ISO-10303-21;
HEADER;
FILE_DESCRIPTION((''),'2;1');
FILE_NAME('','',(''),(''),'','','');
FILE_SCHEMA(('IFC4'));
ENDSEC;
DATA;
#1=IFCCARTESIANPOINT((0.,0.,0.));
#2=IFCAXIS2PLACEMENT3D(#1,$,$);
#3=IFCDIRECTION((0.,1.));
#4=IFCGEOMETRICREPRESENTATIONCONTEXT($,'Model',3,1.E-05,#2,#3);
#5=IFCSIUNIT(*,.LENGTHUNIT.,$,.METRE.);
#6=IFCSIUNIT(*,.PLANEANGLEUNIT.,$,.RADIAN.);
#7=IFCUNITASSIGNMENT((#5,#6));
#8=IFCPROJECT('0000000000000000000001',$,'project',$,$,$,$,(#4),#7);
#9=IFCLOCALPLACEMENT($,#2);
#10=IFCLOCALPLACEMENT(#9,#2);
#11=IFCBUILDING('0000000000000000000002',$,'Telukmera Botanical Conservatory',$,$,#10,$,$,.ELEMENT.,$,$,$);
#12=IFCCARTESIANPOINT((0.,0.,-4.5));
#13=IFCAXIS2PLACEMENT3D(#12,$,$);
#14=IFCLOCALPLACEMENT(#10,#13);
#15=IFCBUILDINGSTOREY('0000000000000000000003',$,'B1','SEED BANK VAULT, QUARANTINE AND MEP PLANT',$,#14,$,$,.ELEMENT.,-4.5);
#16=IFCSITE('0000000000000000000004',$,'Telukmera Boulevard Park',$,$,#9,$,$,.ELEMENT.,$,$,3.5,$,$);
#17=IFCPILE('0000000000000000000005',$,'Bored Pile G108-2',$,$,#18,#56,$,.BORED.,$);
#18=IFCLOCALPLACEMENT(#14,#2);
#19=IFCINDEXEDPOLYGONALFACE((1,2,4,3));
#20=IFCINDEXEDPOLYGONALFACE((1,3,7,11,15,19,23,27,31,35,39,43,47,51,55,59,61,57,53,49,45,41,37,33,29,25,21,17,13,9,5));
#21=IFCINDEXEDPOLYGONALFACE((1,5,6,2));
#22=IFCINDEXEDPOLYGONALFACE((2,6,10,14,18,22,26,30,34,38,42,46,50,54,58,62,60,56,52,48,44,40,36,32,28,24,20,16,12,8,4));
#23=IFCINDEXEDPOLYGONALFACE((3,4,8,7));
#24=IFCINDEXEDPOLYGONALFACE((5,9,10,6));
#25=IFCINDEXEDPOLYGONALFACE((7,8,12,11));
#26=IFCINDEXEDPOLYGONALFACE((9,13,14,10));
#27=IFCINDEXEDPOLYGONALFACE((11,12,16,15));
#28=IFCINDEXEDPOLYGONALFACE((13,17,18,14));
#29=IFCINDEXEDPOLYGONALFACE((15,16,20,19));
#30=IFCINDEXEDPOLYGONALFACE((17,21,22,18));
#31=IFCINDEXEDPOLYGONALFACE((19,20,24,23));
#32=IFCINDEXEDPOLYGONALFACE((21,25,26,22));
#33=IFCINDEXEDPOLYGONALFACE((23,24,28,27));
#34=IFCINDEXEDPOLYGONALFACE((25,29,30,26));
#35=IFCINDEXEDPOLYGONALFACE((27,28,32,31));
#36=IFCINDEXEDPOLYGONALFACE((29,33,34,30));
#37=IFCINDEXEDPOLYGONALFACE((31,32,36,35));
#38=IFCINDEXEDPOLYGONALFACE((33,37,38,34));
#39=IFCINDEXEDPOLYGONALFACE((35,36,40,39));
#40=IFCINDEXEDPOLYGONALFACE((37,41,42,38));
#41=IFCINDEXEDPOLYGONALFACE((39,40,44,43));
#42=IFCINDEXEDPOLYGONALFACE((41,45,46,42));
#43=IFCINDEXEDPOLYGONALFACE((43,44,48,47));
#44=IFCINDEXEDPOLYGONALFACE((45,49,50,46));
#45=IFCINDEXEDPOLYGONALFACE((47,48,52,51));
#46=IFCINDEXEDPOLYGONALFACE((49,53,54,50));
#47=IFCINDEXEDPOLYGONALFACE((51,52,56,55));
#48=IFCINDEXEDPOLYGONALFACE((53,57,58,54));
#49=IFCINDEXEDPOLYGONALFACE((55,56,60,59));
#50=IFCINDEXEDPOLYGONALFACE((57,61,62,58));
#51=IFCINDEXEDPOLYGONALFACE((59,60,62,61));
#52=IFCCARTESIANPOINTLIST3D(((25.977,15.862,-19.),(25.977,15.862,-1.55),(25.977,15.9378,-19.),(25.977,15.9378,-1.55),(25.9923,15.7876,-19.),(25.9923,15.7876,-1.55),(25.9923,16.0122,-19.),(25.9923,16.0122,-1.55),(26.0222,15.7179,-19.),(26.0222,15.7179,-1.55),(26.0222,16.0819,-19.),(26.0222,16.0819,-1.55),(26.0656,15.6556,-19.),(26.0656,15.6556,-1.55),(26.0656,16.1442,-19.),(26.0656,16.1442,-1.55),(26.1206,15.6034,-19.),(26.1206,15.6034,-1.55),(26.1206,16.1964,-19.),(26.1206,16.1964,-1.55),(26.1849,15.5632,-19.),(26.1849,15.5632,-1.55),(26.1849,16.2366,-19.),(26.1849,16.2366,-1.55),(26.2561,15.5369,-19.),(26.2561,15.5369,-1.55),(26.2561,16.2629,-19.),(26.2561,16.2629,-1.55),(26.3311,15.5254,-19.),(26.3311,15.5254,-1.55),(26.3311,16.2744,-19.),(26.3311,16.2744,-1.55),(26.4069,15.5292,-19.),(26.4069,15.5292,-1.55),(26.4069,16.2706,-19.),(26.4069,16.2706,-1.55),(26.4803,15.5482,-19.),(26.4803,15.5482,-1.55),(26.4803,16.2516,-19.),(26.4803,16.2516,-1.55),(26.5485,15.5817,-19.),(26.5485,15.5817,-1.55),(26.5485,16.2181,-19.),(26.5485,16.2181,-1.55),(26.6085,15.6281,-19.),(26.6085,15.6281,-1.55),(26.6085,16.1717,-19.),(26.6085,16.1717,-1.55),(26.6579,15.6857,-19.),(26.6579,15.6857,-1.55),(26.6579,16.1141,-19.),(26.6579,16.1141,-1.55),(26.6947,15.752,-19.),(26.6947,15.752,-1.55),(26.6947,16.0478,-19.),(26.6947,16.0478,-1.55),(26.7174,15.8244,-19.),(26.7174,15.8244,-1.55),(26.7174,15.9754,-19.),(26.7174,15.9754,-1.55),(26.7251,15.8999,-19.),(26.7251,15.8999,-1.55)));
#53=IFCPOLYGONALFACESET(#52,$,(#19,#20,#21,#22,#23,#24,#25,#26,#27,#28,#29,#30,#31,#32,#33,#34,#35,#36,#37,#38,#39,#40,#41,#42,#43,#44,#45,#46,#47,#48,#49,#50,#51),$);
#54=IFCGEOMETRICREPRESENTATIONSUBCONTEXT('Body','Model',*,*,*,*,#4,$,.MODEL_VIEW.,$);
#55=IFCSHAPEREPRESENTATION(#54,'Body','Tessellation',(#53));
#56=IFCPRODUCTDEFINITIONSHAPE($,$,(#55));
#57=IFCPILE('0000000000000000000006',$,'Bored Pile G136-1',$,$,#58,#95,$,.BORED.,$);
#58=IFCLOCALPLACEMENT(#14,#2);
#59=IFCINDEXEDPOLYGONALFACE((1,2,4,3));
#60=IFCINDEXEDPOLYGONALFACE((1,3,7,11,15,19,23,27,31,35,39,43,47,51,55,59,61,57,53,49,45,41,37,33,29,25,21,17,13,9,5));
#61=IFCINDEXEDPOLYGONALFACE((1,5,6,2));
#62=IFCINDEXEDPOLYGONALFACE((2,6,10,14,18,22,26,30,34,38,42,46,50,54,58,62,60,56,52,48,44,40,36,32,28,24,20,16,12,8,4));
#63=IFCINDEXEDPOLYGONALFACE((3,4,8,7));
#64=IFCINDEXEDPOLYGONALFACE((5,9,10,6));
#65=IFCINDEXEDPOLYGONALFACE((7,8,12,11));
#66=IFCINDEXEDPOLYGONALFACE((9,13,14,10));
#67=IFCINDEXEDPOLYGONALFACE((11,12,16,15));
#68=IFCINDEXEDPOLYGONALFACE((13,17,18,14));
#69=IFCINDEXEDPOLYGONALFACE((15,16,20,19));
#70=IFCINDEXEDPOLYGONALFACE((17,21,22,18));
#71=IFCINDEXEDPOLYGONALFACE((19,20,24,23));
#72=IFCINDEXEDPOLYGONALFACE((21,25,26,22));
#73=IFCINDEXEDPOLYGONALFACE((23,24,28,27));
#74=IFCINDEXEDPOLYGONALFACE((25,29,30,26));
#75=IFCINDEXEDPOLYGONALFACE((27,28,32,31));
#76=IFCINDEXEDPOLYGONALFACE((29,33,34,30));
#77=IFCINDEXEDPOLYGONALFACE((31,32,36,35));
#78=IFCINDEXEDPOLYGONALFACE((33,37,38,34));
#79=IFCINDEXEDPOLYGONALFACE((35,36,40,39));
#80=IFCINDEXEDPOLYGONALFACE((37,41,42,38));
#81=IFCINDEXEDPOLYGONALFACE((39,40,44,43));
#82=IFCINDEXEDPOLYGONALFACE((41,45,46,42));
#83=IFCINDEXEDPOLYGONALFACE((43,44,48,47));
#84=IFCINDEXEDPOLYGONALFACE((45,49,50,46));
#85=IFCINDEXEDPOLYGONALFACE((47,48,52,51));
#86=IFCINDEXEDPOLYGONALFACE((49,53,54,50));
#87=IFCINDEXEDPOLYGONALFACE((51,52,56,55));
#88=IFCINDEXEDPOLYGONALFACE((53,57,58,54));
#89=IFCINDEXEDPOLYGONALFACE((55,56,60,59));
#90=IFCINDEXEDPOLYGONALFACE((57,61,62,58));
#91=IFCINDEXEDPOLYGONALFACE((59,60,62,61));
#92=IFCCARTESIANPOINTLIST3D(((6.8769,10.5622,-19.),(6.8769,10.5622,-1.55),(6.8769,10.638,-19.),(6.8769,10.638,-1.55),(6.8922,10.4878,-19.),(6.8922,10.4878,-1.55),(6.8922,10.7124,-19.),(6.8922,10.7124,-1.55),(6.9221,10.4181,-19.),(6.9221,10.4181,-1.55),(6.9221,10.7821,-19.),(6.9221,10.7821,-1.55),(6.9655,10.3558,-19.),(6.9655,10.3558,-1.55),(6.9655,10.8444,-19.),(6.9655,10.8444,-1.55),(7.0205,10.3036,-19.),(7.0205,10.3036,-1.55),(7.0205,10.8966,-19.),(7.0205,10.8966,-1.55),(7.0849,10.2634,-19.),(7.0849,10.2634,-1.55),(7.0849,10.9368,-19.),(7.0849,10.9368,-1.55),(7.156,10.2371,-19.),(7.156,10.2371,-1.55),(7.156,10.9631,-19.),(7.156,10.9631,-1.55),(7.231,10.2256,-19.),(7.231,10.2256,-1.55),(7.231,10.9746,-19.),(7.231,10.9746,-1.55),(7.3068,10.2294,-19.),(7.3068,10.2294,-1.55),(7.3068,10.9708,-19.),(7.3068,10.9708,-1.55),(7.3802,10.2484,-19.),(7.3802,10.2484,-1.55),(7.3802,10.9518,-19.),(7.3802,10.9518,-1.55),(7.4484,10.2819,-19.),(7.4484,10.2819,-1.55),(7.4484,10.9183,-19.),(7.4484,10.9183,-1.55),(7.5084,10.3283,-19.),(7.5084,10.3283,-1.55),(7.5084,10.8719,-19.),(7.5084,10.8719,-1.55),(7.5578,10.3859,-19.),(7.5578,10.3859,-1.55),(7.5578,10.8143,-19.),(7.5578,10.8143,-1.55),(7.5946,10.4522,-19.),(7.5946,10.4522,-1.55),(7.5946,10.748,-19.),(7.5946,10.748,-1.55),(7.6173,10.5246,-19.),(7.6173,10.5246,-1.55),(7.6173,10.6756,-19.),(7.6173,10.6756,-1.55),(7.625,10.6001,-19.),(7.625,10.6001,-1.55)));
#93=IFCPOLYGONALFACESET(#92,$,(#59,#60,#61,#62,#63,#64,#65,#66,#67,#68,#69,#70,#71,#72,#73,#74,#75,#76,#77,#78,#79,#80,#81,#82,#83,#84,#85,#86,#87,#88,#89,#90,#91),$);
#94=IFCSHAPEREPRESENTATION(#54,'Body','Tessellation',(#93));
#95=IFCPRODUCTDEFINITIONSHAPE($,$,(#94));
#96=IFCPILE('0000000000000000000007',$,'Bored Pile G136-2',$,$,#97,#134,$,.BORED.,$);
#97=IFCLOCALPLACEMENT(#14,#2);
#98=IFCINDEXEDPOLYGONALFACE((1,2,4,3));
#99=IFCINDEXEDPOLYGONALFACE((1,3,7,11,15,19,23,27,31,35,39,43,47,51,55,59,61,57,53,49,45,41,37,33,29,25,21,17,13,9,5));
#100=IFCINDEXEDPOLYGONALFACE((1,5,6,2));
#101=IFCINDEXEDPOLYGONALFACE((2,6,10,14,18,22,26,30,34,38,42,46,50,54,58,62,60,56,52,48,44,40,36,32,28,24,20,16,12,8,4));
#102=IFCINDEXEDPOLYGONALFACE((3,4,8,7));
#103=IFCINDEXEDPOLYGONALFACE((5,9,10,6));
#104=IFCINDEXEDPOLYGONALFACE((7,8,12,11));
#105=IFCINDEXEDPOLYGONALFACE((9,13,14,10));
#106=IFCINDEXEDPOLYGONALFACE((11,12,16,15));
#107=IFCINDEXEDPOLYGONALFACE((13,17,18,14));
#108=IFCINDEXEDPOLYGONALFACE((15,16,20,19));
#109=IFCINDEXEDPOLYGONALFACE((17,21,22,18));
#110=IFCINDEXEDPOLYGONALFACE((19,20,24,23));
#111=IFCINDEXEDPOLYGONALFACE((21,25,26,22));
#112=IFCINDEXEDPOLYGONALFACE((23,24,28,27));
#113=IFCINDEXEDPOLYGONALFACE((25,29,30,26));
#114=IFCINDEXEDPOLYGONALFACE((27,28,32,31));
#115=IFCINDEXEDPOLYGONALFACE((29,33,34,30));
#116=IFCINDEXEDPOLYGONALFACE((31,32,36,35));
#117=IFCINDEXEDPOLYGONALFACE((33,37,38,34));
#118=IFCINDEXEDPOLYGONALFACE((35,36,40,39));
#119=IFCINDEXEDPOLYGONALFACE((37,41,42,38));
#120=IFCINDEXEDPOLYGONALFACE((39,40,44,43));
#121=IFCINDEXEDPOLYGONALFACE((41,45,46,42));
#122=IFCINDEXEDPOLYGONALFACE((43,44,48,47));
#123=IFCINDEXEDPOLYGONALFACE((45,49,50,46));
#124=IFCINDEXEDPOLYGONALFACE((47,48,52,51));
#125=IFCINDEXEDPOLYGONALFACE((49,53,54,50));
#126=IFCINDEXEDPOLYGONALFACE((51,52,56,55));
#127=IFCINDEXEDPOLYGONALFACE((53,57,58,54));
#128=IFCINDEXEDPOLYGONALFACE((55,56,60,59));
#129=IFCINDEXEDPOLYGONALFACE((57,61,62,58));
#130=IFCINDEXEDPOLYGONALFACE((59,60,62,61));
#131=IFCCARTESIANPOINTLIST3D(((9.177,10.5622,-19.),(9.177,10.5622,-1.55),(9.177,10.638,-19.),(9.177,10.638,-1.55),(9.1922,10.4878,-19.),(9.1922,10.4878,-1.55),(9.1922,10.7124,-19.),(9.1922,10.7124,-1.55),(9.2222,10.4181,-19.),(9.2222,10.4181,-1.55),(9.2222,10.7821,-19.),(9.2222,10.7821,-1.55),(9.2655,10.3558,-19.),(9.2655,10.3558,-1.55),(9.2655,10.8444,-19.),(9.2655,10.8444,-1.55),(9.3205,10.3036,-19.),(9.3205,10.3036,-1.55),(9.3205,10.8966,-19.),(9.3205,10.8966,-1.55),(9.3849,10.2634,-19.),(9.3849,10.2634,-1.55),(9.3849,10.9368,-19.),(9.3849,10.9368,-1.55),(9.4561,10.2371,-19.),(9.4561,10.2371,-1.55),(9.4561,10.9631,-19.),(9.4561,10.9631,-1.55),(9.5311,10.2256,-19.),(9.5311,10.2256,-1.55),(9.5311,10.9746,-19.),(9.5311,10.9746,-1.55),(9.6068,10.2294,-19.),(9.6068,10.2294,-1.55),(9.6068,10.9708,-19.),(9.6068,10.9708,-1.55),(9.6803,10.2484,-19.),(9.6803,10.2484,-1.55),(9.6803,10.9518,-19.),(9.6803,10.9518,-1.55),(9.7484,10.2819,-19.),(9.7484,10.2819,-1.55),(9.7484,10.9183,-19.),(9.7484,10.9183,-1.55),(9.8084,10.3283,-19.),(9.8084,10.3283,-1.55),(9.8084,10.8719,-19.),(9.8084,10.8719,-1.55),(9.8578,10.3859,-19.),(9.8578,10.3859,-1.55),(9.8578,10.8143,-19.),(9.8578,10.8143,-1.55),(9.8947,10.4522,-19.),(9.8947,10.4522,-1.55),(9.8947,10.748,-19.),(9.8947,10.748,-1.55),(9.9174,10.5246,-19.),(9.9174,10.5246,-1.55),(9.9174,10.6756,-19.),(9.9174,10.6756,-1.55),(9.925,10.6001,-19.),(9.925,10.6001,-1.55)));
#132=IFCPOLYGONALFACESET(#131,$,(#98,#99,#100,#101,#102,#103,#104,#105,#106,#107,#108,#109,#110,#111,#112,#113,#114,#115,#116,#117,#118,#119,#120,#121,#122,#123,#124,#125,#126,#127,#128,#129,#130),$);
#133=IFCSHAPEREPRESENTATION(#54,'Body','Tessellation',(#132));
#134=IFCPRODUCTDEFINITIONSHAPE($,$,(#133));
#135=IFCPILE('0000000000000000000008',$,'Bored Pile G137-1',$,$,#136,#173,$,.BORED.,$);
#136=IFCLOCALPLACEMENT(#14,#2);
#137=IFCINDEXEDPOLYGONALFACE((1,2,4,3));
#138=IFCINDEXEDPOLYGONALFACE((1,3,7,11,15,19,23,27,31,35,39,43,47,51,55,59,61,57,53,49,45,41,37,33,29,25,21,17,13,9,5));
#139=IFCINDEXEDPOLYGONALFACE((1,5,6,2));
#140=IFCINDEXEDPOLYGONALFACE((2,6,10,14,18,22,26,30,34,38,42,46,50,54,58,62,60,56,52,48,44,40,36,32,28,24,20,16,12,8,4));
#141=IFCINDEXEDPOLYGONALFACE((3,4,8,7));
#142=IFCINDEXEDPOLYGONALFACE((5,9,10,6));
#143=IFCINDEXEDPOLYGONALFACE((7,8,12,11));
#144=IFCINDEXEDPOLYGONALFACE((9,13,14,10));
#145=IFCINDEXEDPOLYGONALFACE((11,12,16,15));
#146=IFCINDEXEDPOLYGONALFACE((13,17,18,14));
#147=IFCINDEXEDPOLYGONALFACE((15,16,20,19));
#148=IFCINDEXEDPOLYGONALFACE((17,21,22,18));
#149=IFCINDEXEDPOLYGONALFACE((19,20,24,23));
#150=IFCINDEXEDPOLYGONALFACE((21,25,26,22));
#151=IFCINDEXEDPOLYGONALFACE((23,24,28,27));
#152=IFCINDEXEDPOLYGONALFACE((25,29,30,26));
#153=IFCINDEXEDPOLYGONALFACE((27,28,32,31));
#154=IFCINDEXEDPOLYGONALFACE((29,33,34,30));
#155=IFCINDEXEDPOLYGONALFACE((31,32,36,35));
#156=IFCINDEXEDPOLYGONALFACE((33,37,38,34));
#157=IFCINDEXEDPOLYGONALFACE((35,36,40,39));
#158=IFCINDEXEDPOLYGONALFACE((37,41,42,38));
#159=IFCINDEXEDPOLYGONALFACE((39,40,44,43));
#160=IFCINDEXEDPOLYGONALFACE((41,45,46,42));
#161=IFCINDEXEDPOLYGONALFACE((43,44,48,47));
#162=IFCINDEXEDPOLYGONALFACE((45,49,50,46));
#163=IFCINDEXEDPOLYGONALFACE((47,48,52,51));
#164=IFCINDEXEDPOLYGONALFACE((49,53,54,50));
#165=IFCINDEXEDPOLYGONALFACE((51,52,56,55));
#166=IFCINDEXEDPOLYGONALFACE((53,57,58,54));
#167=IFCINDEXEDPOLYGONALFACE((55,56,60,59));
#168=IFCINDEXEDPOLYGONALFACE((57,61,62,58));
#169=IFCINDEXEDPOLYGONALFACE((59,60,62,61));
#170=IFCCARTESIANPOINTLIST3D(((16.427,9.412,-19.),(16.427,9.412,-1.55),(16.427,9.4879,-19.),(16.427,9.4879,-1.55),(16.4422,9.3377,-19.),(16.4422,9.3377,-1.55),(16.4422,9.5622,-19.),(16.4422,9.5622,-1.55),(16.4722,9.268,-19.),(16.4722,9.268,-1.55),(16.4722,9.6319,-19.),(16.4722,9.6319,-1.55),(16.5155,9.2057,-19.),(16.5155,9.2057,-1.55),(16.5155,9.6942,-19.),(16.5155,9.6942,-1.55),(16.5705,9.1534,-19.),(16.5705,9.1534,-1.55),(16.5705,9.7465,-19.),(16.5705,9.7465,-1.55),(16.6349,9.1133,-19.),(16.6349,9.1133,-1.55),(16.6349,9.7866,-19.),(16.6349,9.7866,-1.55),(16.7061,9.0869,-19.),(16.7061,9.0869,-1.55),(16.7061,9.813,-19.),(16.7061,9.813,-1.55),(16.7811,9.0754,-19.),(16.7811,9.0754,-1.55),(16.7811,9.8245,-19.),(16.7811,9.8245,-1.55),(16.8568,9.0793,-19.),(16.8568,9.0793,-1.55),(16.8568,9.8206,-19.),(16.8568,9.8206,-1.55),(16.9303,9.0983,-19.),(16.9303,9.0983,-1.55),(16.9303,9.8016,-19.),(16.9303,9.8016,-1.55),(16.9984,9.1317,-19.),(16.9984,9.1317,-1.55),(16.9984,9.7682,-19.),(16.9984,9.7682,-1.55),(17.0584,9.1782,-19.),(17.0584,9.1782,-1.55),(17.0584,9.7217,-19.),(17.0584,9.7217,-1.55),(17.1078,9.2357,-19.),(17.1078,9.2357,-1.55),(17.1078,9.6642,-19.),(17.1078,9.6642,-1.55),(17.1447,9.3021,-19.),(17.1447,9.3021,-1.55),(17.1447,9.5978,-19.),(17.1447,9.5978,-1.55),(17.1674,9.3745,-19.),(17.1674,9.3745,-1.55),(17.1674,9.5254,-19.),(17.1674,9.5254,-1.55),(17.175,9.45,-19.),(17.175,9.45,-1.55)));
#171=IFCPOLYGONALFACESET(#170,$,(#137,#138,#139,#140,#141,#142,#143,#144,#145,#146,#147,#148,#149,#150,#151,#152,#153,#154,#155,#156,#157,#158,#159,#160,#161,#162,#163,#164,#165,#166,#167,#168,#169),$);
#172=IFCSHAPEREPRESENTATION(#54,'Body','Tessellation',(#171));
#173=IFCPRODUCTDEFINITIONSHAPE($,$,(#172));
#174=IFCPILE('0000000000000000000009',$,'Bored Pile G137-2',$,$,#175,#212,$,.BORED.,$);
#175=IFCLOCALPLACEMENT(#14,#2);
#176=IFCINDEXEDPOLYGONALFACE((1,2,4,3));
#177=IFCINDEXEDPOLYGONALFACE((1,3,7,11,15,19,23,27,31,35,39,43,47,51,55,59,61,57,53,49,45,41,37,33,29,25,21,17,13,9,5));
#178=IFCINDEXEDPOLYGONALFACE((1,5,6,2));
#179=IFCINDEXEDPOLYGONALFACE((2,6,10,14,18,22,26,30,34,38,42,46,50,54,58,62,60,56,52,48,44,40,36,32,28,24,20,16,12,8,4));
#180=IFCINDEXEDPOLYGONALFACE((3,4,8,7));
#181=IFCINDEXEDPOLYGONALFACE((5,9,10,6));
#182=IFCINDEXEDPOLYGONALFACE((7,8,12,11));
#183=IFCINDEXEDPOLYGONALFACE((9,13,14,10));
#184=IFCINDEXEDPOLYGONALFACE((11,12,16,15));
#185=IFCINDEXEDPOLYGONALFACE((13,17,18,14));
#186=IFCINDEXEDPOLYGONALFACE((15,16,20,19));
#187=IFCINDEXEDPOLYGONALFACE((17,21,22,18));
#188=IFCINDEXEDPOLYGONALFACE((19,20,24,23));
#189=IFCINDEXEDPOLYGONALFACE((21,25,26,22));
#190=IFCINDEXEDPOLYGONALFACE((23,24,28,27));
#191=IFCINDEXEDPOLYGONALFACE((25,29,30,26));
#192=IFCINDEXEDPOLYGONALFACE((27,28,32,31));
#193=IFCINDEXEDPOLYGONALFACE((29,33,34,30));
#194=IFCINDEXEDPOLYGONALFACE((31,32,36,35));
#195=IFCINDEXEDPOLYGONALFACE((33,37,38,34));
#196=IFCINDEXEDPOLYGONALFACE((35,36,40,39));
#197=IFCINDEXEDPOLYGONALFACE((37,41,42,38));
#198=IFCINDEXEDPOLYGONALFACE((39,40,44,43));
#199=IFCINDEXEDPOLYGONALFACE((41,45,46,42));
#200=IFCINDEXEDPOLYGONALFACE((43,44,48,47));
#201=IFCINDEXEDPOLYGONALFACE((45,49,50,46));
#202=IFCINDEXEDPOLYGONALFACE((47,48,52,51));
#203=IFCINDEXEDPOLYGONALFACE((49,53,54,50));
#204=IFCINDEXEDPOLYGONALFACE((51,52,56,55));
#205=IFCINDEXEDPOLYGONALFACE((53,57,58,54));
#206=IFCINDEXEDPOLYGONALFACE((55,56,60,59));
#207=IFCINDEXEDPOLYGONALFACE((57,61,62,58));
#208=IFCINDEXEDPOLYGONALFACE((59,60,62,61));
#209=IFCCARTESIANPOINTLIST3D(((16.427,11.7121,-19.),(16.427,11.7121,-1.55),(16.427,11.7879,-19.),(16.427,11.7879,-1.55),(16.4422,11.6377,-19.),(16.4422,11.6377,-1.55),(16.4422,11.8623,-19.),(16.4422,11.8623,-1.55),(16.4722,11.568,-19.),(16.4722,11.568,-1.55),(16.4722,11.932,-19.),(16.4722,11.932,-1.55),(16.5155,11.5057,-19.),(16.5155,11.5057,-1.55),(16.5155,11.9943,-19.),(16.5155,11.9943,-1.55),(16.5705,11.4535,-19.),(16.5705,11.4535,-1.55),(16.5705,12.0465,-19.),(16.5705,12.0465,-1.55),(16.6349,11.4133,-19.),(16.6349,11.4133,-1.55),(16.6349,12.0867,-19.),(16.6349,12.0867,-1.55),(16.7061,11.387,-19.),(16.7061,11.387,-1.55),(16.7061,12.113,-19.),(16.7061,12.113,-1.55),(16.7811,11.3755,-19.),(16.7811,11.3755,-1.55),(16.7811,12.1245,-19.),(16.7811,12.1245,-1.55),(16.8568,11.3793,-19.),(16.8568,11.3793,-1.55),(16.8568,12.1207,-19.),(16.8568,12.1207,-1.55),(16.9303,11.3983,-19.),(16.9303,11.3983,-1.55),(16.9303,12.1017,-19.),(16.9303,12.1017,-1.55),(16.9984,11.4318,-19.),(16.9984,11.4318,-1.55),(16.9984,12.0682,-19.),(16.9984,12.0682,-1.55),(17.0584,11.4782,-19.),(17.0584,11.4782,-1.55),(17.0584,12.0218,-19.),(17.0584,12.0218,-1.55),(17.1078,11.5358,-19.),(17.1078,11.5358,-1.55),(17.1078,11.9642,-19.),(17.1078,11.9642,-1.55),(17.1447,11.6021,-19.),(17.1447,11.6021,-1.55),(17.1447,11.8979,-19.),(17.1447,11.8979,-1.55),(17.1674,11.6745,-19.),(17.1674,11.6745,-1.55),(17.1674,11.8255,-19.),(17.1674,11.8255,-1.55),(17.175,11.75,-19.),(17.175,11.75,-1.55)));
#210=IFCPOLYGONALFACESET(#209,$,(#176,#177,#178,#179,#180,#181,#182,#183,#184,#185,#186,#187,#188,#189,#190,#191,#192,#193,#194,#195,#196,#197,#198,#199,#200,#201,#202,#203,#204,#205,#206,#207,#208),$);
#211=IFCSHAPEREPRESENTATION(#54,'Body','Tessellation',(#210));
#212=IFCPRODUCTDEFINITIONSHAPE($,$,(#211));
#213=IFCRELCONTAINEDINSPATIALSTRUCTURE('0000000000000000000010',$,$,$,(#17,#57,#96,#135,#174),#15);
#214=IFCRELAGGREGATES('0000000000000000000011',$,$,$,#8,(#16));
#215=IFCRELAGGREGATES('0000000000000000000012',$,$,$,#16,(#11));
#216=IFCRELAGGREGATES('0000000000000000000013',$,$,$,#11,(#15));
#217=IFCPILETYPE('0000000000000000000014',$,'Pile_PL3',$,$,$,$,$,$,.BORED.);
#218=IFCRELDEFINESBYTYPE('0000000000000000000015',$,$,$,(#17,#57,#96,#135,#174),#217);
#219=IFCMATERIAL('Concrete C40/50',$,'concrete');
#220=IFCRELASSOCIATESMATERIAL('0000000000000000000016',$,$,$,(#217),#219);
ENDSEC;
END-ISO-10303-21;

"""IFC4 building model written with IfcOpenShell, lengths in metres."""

from ifc_helpers import new_model, si_unit, direction, frame, origin, origin_2d, place, context, subcontext, project, spatial, circle, extrude, material, material_profile, profile_set, type_object, element, save


model = new_model("IFC4")

# Units and contexts
model_context = context("Model", 3, precision=1e-05, world=origin(), true_north=direction((0.0, 1.0)))
body_context = subcontext(model_context, "Body", "Model", "MODEL_VIEW")
ifc_project = project(units=[si_unit("LENGTHUNIT", "METRE"), si_unit("PLANEANGLEUNIT", "RADIAN")], contexts=[model_context])

# Site, building, storey
site_placement = place(None, origin())
site = spatial("IfcSite", under=ifc_project, at=site_placement, Name="Telukmera Boulevard Park", CompositionType="ELEMENT", RefElevation=3.5)
building_placement = place(site_placement, origin())
building = spatial("IfcBuilding", under=site, at=building_placement, Name="Telukmera Botanical Conservatory", CompositionType="ELEMENT")
storey_placement = place(building_placement, frame((0.0, 0.0, -4.5)))
storey = spatial("IfcBuildingStorey", under=building, at=storey_placement, Name="B1", Description="SEED BANK VAULT, QUARANTINE AND MEP PLANT", CompositionType="ELEMENT", Elevation=-4.5)

# Shared definitions
ifc_material_1 = material(Name="Concrete C40/50", Category="concrete")

# Piles
ifc_material_profile_1 = material_profile(ifc_material_1, circle(Radius=0.375, at=origin_2d()), Name="PILE D750")
ifc_profile_set_1 = profile_set([ifc_material_profile_1], Name="Concrete C40/50")
pile_type = type_object("IfcPileType", Name="Pile_PL3", PredefinedType="BORED", material=ifc_profile_set_1)
for number, where, z_axis, x_axis, name in (
    (1, (26.3501, 15.8999, -1.55), (0.0, 0.0, -1.0), (1.0, 0.0, 0.0), "Bored Pile G108-2"),
    (2, (7.25, 10.6001, -1.55), (0.0, 0.0, -1.0), (1.0, 0.0, 0.0), "Bored Pile G136-1"),
    (3, (9.55, 10.6001, -1.55), (0.0, 0.0, -1.0), (1.0, 0.0, 0.0), "Bored Pile G136-2"),
    (4, (16.8, 9.45, -1.55), (0.0, 0.0, -1.0), (1.0, 0.0, 0.0), "Bored Pile G137-1"),
    (5, (16.8, 11.75, -1.55), (0.0, 0.0, -1.0), (1.0, 0.0, 0.0), "Bored Pile G137-2"),
):
    element("IfcPile", number, at=place(storey_placement, frame(where, z_axis=z_axis, x_axis=x_axis)), inside=storey, type_object=pile_type, Name=name, PredefinedType="BORED", context=body_context, shape_type="SweptSolid", body=[
        extrude(circle(Radius=0.375, at=origin_2d()), origin(), (0.0, 0.0, 1.0), 17.45),
    ])

save(model, "model.ifc")
